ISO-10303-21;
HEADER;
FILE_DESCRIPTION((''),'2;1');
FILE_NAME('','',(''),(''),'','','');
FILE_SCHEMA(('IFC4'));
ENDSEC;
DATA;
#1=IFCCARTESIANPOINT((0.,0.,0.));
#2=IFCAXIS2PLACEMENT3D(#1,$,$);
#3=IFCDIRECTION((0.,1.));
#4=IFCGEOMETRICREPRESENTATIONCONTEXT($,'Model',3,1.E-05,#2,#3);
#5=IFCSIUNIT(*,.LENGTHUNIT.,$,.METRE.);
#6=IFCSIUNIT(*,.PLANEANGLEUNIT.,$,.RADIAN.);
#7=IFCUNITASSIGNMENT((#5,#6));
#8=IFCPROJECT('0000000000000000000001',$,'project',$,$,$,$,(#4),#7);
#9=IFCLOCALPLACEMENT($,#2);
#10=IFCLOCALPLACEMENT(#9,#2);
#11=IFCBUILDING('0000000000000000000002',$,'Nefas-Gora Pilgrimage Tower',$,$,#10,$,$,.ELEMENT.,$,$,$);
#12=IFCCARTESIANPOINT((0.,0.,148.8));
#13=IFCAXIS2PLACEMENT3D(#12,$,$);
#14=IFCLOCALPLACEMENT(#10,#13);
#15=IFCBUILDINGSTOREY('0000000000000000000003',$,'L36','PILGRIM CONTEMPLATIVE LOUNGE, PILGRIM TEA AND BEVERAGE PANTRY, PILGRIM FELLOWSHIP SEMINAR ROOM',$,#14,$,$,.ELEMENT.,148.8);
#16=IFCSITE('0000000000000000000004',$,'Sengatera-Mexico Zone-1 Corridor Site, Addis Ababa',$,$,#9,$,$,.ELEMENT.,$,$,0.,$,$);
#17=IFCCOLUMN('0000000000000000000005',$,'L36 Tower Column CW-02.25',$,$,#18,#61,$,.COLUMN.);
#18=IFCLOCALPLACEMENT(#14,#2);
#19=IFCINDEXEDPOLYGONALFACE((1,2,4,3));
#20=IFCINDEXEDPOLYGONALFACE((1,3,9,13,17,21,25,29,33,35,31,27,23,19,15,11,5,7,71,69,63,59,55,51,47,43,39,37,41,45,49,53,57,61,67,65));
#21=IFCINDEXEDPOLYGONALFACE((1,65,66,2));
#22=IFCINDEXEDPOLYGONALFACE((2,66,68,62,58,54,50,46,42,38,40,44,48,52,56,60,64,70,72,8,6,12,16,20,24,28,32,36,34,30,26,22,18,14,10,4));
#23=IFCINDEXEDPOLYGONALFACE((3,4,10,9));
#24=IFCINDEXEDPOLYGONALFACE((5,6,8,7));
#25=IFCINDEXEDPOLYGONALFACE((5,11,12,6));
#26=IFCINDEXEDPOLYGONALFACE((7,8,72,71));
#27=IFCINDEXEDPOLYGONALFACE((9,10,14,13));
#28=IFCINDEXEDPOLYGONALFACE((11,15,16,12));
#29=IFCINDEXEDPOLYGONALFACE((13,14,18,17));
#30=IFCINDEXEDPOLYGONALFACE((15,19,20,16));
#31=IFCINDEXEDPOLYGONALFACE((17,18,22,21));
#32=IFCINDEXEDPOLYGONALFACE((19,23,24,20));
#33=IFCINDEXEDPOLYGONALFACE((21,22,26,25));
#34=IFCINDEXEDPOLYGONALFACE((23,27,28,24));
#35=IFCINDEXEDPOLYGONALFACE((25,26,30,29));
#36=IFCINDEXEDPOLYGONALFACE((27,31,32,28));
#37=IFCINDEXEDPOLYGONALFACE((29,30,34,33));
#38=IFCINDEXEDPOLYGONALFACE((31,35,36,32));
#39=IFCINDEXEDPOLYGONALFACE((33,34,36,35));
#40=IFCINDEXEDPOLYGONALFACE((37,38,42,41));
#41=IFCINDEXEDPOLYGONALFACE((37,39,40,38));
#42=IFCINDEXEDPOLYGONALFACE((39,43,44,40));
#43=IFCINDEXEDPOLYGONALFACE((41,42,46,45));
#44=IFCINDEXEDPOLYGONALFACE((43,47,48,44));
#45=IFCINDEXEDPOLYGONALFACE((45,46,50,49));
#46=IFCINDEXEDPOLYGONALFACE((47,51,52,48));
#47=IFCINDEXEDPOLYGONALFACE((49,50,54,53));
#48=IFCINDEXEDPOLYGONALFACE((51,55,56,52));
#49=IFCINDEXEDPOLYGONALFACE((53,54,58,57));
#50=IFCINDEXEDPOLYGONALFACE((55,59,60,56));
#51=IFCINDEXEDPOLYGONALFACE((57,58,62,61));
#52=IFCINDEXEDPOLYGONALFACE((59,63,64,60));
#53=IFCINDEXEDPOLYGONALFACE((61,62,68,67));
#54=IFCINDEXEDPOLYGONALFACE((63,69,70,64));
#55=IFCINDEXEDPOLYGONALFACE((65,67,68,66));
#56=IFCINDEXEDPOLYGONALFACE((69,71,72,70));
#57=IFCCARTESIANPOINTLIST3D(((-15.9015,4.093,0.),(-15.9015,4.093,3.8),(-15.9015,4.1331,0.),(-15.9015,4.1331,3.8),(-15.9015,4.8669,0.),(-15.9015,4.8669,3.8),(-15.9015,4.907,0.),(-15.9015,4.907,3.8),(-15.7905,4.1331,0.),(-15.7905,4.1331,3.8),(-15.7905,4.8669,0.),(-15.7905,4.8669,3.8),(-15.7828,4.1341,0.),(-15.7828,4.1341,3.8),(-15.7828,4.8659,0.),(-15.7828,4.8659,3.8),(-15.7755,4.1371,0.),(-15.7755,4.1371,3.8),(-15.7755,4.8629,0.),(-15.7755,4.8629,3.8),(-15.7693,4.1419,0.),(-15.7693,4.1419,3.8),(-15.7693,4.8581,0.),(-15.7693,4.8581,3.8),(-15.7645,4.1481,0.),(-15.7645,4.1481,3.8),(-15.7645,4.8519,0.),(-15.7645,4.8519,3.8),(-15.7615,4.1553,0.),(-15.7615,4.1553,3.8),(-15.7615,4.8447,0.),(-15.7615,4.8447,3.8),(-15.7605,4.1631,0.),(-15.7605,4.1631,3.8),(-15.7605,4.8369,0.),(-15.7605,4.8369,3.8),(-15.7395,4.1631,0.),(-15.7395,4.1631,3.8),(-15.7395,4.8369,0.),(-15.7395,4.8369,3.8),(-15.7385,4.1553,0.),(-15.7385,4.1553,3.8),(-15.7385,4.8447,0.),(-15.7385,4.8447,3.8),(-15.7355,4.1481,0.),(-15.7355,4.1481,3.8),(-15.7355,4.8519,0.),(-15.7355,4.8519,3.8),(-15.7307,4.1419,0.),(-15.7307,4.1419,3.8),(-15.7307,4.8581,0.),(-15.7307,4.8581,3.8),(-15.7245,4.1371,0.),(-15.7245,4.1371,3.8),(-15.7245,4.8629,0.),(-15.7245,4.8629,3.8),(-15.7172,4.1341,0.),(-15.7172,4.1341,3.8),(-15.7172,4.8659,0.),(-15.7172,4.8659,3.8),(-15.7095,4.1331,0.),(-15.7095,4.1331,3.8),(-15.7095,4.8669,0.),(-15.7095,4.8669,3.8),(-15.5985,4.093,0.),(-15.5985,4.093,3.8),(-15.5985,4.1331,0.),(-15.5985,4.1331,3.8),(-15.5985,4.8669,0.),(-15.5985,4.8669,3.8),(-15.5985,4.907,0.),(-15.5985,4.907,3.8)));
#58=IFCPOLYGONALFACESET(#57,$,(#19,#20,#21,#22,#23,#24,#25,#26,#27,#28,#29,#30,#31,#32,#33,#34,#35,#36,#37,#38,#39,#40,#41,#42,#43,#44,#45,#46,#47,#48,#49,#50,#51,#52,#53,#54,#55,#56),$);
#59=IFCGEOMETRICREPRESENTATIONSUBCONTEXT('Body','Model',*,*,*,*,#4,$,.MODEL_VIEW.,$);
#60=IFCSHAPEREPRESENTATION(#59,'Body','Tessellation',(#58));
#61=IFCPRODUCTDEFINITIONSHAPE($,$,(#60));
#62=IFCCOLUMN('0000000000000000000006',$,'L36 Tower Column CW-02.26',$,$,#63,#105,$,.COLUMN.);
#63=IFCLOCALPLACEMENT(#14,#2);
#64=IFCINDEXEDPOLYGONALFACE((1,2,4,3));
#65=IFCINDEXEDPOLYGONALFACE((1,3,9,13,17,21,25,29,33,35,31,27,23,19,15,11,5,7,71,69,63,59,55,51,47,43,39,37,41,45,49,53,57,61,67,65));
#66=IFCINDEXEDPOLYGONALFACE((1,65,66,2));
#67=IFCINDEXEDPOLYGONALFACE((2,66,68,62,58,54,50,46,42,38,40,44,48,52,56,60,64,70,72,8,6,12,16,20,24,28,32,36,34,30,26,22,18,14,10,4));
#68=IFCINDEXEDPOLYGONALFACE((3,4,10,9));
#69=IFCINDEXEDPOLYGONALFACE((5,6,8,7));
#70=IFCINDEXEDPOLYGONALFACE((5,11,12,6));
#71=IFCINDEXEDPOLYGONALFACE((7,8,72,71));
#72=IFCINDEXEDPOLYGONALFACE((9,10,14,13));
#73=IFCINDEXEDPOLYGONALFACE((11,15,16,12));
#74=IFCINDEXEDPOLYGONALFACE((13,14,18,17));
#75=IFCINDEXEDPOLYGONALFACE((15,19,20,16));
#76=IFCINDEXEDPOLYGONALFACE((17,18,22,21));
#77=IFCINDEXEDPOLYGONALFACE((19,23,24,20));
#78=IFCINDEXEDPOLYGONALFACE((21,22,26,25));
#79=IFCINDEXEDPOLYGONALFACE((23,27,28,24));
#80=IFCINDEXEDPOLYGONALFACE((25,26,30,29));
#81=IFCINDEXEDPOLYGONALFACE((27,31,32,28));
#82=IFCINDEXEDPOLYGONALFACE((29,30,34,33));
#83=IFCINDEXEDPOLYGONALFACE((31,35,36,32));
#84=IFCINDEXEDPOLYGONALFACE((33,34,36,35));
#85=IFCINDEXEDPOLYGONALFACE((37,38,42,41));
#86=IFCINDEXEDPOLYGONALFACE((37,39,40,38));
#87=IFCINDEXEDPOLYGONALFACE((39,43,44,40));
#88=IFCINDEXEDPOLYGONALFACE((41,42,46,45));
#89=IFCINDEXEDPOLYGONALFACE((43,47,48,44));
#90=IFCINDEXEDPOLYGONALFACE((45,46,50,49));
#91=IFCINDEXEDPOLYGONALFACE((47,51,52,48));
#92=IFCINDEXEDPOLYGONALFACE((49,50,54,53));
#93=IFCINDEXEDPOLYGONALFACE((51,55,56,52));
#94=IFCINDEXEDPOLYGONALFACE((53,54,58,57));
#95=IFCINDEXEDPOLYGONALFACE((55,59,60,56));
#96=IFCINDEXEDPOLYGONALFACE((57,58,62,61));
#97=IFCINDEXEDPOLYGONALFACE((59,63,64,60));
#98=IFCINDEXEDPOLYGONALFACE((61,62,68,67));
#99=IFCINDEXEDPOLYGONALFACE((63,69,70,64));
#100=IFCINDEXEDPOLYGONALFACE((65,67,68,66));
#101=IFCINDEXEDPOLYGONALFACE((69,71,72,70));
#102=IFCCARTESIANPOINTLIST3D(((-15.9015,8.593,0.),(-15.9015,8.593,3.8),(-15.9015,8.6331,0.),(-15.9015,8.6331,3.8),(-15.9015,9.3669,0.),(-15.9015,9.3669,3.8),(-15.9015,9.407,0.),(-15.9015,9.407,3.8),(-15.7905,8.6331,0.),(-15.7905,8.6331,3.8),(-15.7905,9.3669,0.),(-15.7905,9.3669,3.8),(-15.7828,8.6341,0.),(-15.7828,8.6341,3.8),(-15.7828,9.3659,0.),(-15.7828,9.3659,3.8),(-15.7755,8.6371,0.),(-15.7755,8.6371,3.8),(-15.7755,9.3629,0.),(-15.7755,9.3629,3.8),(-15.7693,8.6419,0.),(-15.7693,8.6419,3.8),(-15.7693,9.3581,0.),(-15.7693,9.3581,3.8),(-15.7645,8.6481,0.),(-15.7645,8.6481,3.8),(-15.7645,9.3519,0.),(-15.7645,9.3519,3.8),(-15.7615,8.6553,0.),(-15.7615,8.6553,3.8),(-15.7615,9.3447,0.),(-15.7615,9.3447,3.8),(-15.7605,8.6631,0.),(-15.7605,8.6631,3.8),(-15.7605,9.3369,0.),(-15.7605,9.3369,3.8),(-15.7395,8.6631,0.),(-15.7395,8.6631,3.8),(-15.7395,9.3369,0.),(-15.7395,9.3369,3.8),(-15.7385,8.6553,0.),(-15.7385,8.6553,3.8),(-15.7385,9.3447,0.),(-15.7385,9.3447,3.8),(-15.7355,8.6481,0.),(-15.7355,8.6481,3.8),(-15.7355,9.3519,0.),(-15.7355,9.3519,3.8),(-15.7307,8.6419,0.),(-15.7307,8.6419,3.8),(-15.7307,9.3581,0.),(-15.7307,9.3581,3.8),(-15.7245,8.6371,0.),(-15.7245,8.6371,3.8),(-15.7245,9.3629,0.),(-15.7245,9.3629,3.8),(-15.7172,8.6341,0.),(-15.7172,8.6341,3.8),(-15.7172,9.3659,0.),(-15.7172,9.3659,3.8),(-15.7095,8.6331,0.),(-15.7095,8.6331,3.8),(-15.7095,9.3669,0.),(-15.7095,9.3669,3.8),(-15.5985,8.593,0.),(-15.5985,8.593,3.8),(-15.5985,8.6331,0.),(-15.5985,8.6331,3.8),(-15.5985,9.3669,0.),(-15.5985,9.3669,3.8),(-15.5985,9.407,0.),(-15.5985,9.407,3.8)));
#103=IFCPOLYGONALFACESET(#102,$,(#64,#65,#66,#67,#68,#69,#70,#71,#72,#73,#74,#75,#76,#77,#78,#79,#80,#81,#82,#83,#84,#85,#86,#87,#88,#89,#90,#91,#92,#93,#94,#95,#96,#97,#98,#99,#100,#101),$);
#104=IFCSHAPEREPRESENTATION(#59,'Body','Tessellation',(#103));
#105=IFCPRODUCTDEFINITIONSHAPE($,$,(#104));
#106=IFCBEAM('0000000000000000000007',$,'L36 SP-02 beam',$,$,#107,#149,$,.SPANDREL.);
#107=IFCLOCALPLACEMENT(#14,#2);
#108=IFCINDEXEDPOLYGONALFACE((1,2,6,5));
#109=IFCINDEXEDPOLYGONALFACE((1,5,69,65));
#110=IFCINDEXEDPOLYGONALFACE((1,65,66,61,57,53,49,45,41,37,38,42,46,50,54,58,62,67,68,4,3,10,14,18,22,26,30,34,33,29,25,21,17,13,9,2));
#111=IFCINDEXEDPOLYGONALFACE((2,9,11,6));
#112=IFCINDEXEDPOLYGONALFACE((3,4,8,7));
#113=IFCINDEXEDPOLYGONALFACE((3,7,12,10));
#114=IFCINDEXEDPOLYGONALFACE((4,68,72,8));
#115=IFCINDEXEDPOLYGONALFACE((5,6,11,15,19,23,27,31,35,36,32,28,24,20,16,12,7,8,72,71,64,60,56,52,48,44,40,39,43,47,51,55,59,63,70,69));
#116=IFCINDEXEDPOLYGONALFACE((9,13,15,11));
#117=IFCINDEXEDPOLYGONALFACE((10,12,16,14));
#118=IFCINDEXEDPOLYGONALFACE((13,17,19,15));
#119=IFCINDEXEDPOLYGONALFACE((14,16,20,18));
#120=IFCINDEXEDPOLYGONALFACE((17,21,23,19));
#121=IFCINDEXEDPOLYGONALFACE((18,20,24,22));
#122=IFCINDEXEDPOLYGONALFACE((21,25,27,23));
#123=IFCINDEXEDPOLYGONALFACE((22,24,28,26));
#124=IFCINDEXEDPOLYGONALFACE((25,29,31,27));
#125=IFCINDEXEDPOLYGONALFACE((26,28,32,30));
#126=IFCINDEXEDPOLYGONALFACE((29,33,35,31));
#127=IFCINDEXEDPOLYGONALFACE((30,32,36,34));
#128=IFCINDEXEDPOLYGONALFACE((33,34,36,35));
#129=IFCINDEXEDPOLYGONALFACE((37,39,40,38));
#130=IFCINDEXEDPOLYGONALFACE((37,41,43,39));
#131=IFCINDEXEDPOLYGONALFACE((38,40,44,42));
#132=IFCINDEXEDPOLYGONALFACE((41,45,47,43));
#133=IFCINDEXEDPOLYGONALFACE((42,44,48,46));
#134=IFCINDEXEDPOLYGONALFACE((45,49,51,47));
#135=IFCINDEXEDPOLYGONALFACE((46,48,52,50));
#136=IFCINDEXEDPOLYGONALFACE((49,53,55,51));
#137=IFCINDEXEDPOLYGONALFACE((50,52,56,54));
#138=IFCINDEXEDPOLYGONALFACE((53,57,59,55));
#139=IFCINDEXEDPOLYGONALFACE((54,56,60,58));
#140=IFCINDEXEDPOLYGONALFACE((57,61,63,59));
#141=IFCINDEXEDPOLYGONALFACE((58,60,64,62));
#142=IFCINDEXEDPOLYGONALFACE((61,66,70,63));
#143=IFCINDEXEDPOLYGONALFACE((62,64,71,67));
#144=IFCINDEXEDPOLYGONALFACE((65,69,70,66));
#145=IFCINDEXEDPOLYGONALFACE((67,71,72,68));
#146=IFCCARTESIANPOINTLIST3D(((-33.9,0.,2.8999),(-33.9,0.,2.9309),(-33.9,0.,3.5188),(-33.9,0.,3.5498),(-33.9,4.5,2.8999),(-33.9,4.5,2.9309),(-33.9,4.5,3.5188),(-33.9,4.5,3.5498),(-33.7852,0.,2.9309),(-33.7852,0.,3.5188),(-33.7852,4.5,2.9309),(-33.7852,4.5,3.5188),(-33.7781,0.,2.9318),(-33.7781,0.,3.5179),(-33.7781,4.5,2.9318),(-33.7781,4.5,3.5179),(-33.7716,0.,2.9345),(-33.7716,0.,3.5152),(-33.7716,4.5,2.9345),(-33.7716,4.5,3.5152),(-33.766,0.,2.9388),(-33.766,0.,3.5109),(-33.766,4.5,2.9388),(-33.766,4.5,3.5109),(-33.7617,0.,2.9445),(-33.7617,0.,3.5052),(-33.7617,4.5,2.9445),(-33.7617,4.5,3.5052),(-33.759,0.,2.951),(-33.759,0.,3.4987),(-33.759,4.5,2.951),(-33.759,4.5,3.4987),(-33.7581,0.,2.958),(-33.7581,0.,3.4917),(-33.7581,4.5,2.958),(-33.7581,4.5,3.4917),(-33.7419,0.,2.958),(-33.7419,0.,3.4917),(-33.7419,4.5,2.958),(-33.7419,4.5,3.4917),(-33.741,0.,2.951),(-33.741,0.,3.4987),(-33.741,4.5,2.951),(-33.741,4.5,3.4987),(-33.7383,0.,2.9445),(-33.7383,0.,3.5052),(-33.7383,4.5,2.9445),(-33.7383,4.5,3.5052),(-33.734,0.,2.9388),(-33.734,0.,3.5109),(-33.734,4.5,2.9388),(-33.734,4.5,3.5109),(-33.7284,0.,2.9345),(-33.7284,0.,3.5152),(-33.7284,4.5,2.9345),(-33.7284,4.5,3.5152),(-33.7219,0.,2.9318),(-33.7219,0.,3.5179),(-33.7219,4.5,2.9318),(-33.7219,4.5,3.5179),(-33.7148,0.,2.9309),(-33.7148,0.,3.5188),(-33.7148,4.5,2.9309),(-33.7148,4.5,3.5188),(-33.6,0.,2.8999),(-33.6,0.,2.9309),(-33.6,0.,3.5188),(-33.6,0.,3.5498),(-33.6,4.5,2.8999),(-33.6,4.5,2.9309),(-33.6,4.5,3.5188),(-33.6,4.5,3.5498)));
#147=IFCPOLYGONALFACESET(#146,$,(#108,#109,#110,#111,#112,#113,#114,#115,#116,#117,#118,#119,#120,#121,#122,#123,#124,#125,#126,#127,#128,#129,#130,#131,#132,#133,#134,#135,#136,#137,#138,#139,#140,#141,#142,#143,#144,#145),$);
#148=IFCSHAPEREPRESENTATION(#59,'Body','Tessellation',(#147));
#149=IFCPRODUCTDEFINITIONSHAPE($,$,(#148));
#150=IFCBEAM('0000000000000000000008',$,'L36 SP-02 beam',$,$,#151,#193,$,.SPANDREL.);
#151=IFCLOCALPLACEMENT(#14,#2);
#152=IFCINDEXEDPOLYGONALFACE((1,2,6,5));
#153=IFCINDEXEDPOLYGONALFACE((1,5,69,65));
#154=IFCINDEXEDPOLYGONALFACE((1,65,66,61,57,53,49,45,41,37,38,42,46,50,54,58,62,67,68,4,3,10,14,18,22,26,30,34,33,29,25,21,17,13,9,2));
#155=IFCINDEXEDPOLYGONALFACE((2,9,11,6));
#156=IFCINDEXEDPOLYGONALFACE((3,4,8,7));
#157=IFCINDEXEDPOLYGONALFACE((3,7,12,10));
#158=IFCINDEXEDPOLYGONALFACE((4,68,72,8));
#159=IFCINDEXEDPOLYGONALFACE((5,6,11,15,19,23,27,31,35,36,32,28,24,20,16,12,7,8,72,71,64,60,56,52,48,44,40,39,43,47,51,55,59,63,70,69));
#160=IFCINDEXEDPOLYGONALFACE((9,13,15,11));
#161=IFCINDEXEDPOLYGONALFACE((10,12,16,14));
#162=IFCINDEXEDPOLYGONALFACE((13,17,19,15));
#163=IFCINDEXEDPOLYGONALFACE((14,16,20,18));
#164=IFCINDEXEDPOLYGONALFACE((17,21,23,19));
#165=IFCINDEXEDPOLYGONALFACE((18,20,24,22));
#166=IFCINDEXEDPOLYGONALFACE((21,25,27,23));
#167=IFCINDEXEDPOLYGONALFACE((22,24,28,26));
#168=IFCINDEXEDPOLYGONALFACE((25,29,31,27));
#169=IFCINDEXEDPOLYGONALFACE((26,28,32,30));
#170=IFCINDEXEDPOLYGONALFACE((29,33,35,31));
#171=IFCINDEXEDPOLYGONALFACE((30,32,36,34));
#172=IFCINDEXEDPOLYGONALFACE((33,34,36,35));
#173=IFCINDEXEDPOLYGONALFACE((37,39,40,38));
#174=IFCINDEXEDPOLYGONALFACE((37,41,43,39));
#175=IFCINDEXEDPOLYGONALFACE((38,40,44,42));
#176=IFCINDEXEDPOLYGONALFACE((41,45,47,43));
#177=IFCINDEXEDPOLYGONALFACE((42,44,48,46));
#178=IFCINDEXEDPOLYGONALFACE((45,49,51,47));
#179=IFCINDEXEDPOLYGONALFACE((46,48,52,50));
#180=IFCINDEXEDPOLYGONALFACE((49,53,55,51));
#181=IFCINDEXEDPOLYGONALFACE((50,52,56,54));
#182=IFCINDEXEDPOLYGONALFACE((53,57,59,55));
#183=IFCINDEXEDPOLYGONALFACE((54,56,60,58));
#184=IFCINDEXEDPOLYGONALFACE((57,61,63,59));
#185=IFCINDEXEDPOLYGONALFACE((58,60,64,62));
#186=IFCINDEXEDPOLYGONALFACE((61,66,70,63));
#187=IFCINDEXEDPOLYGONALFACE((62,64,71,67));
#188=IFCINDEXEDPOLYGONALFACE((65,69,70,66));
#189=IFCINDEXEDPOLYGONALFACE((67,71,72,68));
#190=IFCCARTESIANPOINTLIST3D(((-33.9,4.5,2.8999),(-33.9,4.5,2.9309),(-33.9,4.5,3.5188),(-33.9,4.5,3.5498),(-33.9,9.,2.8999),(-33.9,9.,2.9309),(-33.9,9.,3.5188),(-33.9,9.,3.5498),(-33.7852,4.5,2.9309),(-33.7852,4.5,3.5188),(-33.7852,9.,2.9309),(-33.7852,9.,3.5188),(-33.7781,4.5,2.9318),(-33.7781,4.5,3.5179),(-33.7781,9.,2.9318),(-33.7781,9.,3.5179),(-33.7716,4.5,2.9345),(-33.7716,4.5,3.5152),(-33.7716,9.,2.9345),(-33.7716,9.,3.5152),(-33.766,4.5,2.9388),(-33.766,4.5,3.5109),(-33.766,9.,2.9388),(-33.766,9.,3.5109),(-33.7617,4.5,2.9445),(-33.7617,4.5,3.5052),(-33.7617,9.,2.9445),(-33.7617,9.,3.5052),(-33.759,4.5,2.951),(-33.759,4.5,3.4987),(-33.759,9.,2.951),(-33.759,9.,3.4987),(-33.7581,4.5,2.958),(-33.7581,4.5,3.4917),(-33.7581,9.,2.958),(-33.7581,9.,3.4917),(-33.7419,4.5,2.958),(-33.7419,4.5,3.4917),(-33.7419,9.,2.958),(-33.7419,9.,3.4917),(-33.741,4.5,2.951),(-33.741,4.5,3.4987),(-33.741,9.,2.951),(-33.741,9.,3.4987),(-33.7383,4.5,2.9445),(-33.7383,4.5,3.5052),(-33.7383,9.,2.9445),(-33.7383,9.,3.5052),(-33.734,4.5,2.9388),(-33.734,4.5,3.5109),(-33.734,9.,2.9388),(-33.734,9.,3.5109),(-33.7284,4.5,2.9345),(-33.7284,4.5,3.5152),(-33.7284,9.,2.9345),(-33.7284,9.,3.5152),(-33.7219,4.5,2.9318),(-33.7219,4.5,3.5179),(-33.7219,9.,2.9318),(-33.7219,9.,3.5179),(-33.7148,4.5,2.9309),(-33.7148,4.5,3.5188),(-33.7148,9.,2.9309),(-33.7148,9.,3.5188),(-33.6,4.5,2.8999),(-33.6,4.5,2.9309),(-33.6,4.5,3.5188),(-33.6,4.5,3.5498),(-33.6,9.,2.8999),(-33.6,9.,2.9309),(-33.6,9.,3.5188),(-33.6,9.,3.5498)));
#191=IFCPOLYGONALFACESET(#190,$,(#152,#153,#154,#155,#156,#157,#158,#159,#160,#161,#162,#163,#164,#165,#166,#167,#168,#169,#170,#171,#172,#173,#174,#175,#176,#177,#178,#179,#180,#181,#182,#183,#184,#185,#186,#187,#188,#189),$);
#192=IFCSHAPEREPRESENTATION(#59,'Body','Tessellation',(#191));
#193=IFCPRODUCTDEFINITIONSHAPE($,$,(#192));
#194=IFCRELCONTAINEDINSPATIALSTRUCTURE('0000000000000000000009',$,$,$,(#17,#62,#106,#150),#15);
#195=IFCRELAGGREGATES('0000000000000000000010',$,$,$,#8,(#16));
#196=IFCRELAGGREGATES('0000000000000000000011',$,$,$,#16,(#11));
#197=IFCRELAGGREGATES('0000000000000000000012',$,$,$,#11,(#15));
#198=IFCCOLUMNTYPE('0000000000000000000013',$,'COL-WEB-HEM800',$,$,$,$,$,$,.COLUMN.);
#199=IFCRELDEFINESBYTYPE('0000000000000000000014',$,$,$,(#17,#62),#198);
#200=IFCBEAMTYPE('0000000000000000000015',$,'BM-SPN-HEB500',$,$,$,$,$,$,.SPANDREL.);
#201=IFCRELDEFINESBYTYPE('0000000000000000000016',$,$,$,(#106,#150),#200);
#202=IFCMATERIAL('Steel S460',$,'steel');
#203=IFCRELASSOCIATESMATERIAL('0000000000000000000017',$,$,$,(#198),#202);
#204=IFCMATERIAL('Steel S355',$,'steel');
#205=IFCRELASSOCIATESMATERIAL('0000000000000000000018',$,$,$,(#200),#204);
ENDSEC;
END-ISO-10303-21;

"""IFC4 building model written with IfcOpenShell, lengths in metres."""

from ifc_helpers import new_model, si_unit, direction, frame, origin, origin_2d, place, context, subcontext, project, spatial, i_section, extrude, source, transform, mapped, material, material_profile, profile_set, type_object, element, save


model = new_model("IFC4")

# Units and contexts
model_context = context("Model", 3, precision=1e-05, world=origin(), true_north=direction((0.0, 1.0)))
body_context = subcontext(model_context, "Body", "Model", "MODEL_VIEW")
ifc_project = project(units=[si_unit("LENGTHUNIT", "METRE"), si_unit("PLANEANGLEUNIT", "RADIAN")], contexts=[model_context])

# Site, building, storey
site_placement = place(None, origin())
site = spatial("IfcSite", under=ifc_project, at=site_placement, Name="Sengatera-Mexico Zone-1 Corridor Site, Addis Ababa", CompositionType="ELEMENT", RefElevation=0.0)
building_placement = place(site_placement, origin())
building = spatial("IfcBuilding", under=site, at=building_placement, Name="Nefas-Gora Pilgrimage Tower", CompositionType="ELEMENT")
storey_placement = place(building_placement, frame((0.0, 0.0, 148.8)))
storey = spatial("IfcBuildingStorey", under=building, at=storey_placement, Name="L36", Description="PILGRIM CONTEMPLATIVE LOUNGE, PILGRIM TEA AND BEVERAGE PANTRY, PILGRIM FELLOWSHIP SEMINAR ROOM", CompositionType="ELEMENT", Elevation=148.8)

# Columns
ifc_material_1 = material(Name="Steel S460", Category="steel")
ifc_material_profile_1 = material_profile(ifc_material_1, i_section(OverallWidth=0.303, OverallDepth=0.814, WebThickness=0.021, FlangeThickness=0.04, FilletRadius=0.03, at=origin_2d()), Name="HEM 800")
ifc_profile_set_1 = profile_set([ifc_material_profile_1], Name="Steel S460")
column_type_1 = type_object("IfcColumnType", Name="COL-WEB-HEM800", PredefinedType="COLUMN", material=ifc_profile_set_1)
shared_shape_1 = source(origin(), body_context, "Body", "SweptSolid", [
    extrude(i_section(OverallWidth=0.303, OverallDepth=0.814, WebThickness=0.021, FlangeThickness=0.04, FilletRadius=0.03, at=origin_2d()), origin(), (0.0, 0.0, 1.0), 3.8),
])
for number, where, z_axis, x_axis, name in (
    (1, (-15.75, 4.5, 0.0), (0.0, 0.0, 1.0), (1.0, 0.0, 0.0), "L36 Tower Column CW-02.25"),
    (2, (-15.75, 9.0, 0.0), (0.0, 0.0, 1.0), (1.0, 0.0, 0.0), "L36 Tower Column CW-02.26"),
):
    element("IfcColumn", number, at=place(storey_placement, frame(where, z_axis=z_axis, x_axis=x_axis)), inside=storey, type_object=column_type_1, Name=name, PredefinedType="COLUMN", context=body_context, shape_type="MappedRepresentation", body=[
        mapped(shared_shape_1, transform((0.0, 0.0, 0.0), x_axis=(1.0, 0.0, 0.0), y_axis=(0.0, 1.0, 0.0), z_axis=(0.0, 0.0, 1.0), scale=1.0)),
    ])

# Beams
ifc_material_2 = material(Name="Steel S355", Category="steel")
ifc_material_profile_2 = material_profile(ifc_material_2, i_section(OverallWidth=0.3, OverallDepth=0.6499, WebThickness=0.0161, FlangeThickness=0.031, FilletRadius=0.0271, at=origin_2d()), Name="HEB 650")
ifc_profile_set_2 = profile_set([ifc_material_profile_2], Name="Steel S355")
beam_type_1 = type_object("IfcBeamType", Name="BM-SPN-HEB500", PredefinedType="SPANDREL", material=ifc_profile_set_2)
shared_shape_2 = source(origin(), body_context, "Body", "SweptSolid", [
    extrude(i_section(OverallWidth=0.3, OverallDepth=0.6499, WebThickness=0.0161, FlangeThickness=0.031, FilletRadius=0.0271, at=origin_2d()), origin(), (0.0, 0.0, 1.0), 4.5),
])
for number, where, z_axis, x_axis, name in (
    (3, (-33.75, 0.0, 3.2249), (0.0, 1.0, 0.0), (-1.0, 0.0, 0.0), "L36 SP-02 beam"),
    (4, (-33.75, 4.5, 3.2249), (0.0, 1.0, 0.0), (-1.0, 0.0, 0.0), "L36 SP-02 beam"),
):
    element("IfcBeam", number, at=place(storey_placement, frame(where, z_axis=z_axis, x_axis=x_axis)), inside=storey, type_object=beam_type_1, Name=name, PredefinedType="SPANDREL", context=body_context, shape_type="MappedRepresentation", body=[
        mapped(shared_shape_2, transform((0.0, 0.0, 0.0), x_axis=(1.0, 0.0, 0.0), y_axis=(0.0, 1.0, 0.0), z_axis=(0.0, 0.0, 1.0), scale=1.0)),
    ])

save(model, "model.ifc")
